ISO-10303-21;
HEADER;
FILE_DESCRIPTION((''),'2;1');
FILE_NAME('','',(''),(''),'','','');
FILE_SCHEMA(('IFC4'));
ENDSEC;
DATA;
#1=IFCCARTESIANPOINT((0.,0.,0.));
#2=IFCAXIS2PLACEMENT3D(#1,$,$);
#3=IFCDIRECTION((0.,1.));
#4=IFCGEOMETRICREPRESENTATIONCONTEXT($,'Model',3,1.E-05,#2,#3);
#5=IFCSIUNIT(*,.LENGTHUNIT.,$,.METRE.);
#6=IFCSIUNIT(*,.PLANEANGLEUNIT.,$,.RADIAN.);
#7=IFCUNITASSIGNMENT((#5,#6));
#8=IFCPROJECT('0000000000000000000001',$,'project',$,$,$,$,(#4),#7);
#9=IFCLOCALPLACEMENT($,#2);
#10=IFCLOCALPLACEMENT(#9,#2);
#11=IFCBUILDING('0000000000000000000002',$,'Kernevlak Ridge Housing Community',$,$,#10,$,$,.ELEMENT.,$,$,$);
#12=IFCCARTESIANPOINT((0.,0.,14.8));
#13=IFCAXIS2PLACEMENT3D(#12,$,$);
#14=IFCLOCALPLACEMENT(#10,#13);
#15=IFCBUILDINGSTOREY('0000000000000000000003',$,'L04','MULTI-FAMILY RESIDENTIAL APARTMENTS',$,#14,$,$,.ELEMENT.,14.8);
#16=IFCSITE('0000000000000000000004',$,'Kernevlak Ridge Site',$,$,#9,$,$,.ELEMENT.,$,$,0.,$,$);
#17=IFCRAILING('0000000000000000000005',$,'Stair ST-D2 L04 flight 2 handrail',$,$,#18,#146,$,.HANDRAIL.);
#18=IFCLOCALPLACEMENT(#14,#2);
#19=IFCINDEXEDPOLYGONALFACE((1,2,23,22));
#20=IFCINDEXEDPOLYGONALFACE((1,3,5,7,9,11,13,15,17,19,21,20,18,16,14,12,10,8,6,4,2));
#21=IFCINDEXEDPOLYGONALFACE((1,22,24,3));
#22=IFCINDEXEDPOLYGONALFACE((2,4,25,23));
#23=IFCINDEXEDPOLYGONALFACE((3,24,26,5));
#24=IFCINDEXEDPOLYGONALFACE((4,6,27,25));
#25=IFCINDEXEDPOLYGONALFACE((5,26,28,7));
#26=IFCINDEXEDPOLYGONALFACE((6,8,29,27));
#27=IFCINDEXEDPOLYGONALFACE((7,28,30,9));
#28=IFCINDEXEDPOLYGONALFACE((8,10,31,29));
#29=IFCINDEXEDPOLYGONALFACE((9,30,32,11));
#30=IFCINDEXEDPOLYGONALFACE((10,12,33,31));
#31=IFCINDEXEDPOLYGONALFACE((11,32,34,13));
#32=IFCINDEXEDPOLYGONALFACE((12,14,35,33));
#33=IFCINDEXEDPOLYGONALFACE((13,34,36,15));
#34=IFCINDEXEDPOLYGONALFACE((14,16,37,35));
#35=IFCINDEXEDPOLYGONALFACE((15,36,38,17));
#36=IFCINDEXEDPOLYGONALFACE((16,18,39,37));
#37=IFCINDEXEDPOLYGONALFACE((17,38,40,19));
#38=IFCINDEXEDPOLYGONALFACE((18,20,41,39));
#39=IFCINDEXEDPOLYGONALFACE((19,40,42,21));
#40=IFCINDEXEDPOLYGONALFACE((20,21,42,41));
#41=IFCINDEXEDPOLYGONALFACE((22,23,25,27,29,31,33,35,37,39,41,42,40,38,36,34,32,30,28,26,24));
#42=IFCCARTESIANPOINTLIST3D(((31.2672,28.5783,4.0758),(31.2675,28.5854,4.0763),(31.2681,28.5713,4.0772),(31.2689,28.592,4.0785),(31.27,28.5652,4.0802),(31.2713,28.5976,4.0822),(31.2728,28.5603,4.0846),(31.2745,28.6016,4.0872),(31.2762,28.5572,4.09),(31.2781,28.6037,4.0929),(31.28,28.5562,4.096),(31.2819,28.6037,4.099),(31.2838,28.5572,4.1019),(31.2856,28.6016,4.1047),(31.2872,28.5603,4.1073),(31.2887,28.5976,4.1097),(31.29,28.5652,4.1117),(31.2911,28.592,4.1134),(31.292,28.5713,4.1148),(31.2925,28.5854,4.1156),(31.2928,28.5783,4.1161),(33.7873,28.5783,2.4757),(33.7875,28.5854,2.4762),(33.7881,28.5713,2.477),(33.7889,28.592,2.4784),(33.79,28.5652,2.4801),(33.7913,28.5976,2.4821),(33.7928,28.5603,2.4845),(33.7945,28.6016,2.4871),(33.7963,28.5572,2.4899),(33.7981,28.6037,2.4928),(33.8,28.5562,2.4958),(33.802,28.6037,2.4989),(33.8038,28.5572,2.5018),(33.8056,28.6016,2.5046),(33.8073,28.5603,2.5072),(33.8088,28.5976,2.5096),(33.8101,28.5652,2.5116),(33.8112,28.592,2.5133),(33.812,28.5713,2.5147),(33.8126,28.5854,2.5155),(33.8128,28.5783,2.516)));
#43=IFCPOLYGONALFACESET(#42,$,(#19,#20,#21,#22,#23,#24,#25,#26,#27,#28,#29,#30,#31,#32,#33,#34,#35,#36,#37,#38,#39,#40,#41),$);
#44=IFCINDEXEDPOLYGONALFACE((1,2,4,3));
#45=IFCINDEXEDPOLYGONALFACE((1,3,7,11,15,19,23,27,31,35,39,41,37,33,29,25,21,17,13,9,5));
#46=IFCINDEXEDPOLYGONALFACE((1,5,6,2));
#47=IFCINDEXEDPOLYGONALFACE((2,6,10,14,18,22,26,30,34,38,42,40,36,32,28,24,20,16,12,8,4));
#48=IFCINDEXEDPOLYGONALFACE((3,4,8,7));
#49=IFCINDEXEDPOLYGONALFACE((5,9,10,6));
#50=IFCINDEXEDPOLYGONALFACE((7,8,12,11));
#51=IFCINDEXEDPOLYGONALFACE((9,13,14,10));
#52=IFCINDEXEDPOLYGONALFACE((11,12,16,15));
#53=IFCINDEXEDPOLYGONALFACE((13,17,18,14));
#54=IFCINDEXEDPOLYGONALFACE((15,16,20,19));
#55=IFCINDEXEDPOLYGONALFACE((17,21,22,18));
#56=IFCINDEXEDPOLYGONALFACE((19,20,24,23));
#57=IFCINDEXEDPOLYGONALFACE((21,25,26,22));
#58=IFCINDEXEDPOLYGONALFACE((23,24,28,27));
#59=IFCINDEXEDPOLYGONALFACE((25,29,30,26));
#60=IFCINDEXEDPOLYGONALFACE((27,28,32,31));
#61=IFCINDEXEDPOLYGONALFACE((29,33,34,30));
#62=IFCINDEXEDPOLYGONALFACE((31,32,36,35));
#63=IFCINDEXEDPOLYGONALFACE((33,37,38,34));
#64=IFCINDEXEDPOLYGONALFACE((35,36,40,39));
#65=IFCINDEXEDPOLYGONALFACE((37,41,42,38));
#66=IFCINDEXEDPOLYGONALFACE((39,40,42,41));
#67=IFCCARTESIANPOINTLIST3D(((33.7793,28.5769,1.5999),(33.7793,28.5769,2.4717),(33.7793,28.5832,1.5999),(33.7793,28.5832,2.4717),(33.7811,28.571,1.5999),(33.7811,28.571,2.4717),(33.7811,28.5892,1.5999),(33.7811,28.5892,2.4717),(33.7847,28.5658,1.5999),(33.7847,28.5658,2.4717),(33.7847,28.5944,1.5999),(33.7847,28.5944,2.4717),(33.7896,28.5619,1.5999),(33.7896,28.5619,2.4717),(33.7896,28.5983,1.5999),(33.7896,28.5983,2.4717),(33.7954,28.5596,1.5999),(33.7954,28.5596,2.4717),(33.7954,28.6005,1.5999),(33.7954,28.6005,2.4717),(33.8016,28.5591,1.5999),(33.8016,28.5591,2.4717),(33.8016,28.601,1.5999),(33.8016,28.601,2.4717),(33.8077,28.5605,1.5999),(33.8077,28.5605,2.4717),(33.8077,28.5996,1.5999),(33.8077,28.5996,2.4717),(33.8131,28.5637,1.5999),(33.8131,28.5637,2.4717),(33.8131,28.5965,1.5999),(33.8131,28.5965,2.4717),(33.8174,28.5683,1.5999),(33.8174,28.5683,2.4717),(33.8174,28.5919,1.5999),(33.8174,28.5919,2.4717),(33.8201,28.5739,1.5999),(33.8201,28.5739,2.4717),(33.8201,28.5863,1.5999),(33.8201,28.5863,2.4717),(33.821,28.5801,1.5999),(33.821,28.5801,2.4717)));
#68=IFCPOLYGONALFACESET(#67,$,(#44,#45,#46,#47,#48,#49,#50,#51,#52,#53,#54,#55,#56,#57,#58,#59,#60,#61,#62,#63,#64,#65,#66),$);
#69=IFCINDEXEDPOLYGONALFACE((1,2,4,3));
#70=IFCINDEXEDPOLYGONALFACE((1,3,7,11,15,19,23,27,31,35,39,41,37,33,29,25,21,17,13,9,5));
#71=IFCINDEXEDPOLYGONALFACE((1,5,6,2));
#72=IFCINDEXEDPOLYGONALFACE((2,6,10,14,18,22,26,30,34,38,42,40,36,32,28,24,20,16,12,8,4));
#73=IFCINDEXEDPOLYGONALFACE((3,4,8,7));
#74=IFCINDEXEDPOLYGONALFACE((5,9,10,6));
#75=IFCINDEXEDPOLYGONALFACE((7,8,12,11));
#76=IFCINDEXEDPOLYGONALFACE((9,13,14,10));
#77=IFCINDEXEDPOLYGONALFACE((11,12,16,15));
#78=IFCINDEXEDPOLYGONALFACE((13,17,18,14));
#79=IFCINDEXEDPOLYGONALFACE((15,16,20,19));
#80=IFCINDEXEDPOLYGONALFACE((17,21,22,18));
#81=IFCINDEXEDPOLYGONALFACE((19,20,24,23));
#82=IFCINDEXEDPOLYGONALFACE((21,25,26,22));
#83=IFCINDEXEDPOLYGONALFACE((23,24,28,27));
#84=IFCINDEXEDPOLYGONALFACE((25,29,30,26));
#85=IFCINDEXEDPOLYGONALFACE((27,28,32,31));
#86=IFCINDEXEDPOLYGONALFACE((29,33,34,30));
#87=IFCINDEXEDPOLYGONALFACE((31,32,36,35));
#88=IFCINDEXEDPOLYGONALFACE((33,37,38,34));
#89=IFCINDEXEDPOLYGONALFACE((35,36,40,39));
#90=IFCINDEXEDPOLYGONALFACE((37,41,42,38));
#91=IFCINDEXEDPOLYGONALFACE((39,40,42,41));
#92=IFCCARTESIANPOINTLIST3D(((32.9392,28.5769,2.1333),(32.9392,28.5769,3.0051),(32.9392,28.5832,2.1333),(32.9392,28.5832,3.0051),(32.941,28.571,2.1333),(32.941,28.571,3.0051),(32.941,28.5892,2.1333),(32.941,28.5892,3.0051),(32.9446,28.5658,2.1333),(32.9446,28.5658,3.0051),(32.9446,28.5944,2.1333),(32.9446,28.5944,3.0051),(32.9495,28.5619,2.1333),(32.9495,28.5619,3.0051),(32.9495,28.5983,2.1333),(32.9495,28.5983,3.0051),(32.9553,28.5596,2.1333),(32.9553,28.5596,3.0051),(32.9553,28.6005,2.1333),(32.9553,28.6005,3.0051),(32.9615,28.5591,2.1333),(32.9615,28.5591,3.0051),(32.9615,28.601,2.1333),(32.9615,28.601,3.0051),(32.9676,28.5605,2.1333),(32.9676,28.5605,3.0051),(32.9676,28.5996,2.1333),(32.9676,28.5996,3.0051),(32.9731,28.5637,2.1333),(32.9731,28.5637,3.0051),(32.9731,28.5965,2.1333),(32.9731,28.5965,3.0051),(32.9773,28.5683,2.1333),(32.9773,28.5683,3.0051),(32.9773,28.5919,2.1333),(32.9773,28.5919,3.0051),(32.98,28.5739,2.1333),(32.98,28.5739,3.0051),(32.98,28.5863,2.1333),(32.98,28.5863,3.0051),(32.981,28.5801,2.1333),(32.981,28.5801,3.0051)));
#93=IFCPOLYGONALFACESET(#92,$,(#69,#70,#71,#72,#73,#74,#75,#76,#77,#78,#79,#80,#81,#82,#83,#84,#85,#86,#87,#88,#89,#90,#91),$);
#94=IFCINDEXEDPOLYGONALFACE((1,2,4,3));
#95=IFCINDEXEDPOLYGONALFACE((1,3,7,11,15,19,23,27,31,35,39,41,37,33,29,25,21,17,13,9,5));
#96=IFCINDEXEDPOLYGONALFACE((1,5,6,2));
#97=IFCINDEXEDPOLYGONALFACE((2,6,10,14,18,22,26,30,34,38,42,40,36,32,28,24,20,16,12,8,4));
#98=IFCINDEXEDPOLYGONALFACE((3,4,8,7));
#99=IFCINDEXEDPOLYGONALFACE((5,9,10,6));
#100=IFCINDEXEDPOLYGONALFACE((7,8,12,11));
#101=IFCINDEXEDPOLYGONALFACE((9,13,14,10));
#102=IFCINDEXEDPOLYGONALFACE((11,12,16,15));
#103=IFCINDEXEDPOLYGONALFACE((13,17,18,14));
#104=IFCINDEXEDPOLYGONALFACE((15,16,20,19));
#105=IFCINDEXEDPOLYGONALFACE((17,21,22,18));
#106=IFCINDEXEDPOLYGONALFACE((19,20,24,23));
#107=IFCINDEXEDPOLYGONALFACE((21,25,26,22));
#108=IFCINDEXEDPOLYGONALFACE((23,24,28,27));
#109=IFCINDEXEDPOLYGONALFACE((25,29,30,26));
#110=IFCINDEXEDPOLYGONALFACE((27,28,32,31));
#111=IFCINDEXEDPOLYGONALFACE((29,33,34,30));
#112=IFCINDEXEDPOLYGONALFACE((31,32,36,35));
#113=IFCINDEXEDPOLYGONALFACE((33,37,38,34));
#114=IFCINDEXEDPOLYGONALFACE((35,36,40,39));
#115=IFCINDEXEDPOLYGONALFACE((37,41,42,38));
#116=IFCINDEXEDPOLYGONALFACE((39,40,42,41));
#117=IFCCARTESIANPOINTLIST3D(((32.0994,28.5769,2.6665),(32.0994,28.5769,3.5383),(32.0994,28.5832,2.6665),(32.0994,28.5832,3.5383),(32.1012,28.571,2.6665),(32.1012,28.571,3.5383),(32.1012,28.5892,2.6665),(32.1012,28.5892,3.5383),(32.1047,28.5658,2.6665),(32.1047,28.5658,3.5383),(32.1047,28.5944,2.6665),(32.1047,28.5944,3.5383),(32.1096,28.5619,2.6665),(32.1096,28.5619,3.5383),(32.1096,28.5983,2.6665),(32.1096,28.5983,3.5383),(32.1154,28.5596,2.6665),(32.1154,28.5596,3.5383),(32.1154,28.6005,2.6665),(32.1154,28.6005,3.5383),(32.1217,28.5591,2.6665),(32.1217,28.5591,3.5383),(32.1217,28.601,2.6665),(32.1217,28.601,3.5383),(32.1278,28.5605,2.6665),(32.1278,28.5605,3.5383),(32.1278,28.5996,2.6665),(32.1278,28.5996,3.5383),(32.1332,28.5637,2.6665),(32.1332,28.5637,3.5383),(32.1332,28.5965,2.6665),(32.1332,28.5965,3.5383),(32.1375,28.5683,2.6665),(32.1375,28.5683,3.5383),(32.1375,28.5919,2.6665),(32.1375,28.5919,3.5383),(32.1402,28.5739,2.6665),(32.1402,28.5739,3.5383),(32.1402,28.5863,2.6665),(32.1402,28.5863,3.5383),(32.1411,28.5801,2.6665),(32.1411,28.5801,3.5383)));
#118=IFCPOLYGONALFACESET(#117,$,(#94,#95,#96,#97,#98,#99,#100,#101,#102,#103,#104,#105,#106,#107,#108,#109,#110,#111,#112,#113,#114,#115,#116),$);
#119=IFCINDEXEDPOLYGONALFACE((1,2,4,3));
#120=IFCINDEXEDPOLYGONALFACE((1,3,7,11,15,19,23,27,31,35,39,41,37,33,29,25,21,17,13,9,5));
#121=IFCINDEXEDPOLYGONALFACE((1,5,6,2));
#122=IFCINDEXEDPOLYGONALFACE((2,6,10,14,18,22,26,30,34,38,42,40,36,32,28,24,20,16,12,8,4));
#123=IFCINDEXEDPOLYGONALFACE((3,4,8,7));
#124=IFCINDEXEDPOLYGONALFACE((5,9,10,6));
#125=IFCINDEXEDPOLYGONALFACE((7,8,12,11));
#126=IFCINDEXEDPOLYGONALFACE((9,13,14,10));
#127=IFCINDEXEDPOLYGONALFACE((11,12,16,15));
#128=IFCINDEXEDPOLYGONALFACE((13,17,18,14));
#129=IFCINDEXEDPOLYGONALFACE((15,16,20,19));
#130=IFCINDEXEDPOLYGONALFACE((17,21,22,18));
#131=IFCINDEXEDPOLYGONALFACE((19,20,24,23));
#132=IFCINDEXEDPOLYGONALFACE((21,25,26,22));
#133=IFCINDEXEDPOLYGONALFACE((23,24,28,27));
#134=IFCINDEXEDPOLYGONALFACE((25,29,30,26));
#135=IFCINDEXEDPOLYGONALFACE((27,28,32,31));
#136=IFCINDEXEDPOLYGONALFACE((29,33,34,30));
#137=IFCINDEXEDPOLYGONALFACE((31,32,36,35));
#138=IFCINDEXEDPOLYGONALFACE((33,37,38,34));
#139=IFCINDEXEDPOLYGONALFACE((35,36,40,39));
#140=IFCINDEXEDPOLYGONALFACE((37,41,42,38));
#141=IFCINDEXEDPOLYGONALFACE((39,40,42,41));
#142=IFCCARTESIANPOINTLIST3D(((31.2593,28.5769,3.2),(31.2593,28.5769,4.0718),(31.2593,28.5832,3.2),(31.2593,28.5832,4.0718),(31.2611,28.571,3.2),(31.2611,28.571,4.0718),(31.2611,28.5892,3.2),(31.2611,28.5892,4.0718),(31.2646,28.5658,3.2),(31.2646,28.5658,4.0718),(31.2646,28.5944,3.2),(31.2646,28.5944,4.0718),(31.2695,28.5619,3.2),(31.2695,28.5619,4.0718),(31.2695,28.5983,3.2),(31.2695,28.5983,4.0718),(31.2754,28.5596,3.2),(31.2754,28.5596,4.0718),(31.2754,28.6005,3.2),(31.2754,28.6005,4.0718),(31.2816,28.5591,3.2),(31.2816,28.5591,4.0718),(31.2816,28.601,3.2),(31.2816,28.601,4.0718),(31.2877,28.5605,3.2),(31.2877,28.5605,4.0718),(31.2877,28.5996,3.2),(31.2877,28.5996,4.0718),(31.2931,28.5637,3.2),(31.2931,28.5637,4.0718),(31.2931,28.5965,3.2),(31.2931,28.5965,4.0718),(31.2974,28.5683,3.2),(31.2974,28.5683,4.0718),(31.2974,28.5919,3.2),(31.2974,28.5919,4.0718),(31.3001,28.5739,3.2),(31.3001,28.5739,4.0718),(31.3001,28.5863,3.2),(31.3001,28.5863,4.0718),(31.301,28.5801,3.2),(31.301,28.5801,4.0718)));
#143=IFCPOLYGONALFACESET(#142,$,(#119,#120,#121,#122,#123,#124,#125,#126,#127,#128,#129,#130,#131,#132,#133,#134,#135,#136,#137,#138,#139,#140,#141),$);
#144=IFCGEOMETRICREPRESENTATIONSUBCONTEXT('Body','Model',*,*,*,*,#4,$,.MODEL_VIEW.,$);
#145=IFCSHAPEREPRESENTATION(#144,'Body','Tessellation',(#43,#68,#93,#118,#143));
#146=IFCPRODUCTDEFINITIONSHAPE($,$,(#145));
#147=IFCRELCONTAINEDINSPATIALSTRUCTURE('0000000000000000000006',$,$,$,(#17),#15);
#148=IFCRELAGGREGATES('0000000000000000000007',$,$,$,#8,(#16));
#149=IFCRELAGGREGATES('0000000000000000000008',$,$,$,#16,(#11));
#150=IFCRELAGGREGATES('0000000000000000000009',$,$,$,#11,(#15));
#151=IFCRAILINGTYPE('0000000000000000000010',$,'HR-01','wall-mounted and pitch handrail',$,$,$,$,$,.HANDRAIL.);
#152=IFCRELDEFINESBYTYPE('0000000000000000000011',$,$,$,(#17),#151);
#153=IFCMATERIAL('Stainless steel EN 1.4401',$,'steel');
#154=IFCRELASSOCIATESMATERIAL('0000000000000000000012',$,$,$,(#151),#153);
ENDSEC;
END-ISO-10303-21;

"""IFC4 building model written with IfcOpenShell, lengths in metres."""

from ifc_helpers import new_model, si_unit, direction, frame, origin, origin_2d, place, context, subcontext, project, spatial, circle, extrude, material, type_object, element, save


model = new_model("IFC4")

# Units and contexts
model_context = context("Model", 3, precision=1e-05, world=origin(), true_north=direction((0.0, 1.0)))
body_context = subcontext(model_context, "Body", "Model", "MODEL_VIEW")
ifc_project = project(units=[si_unit("LENGTHUNIT", "METRE"), si_unit("PLANEANGLEUNIT", "RADIAN")], contexts=[model_context])

# Site, building, storey
site_placement = place(None, origin())
site = spatial("IfcSite", under=ifc_project, at=site_placement, Name="Kernevlak Ridge Site", CompositionType="ELEMENT", RefElevation=0.0)
building_placement = place(site_placement, origin())
building = spatial("IfcBuilding", under=site, at=building_placement, Name="Kernevlak Ridge Housing Community", CompositionType="ELEMENT")
storey_placement = place(building_placement, frame((0.0, 0.0, 14.8)))
storey = spatial("IfcBuildingStorey", under=building, at=storey_placement, Name="L04", Description="MULTI-FAMILY RESIDENTIAL APARTMENTS", CompositionType="ELEMENT", Elevation=14.8)

# Railing
ifc_material_1 = material(Name="Stainless steel EN 1.4401", Category="steel")
railing_type_1 = type_object("IfcRailingType", Name="HR-01", Description="wall-mounted and pitch handrail", PredefinedType="HANDRAIL", material=ifc_material_1)
railing_1_placement = place(storey_placement, frame((33.8, 28.5801, 1.5999)))
element("IfcRailing", 1, at=railing_1_placement, inside=storey, type_object=railing_type_1, Name="Stair ST-D2 L04 flight 2 handrail", PredefinedType="HANDRAIL", context=body_context, shape_type="SweptSolid", body=[
    extrude(circle(Radius=0.0239, at=origin_2d()), frame((0.0, 0.0, 0.896), z_axis=(-0.8442, 0.0, 0.536028), x_axis=(0.0, -1.0, 0.0)), (0.0, 0.0, 1.0), 2.9851),
    extrude(circle(Radius=0.021, at=origin_2d()), origin(), (0.0, 0.0, 1.0), 0.8718),
    extrude(circle(Radius=0.021, at=origin_2d()), frame((-0.8401, 0.0, 0.5334)), (0.0, 0.0, 1.0), 0.8718),
    extrude(circle(Radius=0.021, at=origin_2d()), frame((-1.6799, 0.0, 1.0667)), (0.0, 0.0, 1.0), 0.8718),
    extrude(circle(Radius=0.021, at=origin_2d()), frame((-2.52, 0.0, 1.6001)), (0.0, 0.0, 1.0), 0.8718),
])

save(model, "model.ifc")
